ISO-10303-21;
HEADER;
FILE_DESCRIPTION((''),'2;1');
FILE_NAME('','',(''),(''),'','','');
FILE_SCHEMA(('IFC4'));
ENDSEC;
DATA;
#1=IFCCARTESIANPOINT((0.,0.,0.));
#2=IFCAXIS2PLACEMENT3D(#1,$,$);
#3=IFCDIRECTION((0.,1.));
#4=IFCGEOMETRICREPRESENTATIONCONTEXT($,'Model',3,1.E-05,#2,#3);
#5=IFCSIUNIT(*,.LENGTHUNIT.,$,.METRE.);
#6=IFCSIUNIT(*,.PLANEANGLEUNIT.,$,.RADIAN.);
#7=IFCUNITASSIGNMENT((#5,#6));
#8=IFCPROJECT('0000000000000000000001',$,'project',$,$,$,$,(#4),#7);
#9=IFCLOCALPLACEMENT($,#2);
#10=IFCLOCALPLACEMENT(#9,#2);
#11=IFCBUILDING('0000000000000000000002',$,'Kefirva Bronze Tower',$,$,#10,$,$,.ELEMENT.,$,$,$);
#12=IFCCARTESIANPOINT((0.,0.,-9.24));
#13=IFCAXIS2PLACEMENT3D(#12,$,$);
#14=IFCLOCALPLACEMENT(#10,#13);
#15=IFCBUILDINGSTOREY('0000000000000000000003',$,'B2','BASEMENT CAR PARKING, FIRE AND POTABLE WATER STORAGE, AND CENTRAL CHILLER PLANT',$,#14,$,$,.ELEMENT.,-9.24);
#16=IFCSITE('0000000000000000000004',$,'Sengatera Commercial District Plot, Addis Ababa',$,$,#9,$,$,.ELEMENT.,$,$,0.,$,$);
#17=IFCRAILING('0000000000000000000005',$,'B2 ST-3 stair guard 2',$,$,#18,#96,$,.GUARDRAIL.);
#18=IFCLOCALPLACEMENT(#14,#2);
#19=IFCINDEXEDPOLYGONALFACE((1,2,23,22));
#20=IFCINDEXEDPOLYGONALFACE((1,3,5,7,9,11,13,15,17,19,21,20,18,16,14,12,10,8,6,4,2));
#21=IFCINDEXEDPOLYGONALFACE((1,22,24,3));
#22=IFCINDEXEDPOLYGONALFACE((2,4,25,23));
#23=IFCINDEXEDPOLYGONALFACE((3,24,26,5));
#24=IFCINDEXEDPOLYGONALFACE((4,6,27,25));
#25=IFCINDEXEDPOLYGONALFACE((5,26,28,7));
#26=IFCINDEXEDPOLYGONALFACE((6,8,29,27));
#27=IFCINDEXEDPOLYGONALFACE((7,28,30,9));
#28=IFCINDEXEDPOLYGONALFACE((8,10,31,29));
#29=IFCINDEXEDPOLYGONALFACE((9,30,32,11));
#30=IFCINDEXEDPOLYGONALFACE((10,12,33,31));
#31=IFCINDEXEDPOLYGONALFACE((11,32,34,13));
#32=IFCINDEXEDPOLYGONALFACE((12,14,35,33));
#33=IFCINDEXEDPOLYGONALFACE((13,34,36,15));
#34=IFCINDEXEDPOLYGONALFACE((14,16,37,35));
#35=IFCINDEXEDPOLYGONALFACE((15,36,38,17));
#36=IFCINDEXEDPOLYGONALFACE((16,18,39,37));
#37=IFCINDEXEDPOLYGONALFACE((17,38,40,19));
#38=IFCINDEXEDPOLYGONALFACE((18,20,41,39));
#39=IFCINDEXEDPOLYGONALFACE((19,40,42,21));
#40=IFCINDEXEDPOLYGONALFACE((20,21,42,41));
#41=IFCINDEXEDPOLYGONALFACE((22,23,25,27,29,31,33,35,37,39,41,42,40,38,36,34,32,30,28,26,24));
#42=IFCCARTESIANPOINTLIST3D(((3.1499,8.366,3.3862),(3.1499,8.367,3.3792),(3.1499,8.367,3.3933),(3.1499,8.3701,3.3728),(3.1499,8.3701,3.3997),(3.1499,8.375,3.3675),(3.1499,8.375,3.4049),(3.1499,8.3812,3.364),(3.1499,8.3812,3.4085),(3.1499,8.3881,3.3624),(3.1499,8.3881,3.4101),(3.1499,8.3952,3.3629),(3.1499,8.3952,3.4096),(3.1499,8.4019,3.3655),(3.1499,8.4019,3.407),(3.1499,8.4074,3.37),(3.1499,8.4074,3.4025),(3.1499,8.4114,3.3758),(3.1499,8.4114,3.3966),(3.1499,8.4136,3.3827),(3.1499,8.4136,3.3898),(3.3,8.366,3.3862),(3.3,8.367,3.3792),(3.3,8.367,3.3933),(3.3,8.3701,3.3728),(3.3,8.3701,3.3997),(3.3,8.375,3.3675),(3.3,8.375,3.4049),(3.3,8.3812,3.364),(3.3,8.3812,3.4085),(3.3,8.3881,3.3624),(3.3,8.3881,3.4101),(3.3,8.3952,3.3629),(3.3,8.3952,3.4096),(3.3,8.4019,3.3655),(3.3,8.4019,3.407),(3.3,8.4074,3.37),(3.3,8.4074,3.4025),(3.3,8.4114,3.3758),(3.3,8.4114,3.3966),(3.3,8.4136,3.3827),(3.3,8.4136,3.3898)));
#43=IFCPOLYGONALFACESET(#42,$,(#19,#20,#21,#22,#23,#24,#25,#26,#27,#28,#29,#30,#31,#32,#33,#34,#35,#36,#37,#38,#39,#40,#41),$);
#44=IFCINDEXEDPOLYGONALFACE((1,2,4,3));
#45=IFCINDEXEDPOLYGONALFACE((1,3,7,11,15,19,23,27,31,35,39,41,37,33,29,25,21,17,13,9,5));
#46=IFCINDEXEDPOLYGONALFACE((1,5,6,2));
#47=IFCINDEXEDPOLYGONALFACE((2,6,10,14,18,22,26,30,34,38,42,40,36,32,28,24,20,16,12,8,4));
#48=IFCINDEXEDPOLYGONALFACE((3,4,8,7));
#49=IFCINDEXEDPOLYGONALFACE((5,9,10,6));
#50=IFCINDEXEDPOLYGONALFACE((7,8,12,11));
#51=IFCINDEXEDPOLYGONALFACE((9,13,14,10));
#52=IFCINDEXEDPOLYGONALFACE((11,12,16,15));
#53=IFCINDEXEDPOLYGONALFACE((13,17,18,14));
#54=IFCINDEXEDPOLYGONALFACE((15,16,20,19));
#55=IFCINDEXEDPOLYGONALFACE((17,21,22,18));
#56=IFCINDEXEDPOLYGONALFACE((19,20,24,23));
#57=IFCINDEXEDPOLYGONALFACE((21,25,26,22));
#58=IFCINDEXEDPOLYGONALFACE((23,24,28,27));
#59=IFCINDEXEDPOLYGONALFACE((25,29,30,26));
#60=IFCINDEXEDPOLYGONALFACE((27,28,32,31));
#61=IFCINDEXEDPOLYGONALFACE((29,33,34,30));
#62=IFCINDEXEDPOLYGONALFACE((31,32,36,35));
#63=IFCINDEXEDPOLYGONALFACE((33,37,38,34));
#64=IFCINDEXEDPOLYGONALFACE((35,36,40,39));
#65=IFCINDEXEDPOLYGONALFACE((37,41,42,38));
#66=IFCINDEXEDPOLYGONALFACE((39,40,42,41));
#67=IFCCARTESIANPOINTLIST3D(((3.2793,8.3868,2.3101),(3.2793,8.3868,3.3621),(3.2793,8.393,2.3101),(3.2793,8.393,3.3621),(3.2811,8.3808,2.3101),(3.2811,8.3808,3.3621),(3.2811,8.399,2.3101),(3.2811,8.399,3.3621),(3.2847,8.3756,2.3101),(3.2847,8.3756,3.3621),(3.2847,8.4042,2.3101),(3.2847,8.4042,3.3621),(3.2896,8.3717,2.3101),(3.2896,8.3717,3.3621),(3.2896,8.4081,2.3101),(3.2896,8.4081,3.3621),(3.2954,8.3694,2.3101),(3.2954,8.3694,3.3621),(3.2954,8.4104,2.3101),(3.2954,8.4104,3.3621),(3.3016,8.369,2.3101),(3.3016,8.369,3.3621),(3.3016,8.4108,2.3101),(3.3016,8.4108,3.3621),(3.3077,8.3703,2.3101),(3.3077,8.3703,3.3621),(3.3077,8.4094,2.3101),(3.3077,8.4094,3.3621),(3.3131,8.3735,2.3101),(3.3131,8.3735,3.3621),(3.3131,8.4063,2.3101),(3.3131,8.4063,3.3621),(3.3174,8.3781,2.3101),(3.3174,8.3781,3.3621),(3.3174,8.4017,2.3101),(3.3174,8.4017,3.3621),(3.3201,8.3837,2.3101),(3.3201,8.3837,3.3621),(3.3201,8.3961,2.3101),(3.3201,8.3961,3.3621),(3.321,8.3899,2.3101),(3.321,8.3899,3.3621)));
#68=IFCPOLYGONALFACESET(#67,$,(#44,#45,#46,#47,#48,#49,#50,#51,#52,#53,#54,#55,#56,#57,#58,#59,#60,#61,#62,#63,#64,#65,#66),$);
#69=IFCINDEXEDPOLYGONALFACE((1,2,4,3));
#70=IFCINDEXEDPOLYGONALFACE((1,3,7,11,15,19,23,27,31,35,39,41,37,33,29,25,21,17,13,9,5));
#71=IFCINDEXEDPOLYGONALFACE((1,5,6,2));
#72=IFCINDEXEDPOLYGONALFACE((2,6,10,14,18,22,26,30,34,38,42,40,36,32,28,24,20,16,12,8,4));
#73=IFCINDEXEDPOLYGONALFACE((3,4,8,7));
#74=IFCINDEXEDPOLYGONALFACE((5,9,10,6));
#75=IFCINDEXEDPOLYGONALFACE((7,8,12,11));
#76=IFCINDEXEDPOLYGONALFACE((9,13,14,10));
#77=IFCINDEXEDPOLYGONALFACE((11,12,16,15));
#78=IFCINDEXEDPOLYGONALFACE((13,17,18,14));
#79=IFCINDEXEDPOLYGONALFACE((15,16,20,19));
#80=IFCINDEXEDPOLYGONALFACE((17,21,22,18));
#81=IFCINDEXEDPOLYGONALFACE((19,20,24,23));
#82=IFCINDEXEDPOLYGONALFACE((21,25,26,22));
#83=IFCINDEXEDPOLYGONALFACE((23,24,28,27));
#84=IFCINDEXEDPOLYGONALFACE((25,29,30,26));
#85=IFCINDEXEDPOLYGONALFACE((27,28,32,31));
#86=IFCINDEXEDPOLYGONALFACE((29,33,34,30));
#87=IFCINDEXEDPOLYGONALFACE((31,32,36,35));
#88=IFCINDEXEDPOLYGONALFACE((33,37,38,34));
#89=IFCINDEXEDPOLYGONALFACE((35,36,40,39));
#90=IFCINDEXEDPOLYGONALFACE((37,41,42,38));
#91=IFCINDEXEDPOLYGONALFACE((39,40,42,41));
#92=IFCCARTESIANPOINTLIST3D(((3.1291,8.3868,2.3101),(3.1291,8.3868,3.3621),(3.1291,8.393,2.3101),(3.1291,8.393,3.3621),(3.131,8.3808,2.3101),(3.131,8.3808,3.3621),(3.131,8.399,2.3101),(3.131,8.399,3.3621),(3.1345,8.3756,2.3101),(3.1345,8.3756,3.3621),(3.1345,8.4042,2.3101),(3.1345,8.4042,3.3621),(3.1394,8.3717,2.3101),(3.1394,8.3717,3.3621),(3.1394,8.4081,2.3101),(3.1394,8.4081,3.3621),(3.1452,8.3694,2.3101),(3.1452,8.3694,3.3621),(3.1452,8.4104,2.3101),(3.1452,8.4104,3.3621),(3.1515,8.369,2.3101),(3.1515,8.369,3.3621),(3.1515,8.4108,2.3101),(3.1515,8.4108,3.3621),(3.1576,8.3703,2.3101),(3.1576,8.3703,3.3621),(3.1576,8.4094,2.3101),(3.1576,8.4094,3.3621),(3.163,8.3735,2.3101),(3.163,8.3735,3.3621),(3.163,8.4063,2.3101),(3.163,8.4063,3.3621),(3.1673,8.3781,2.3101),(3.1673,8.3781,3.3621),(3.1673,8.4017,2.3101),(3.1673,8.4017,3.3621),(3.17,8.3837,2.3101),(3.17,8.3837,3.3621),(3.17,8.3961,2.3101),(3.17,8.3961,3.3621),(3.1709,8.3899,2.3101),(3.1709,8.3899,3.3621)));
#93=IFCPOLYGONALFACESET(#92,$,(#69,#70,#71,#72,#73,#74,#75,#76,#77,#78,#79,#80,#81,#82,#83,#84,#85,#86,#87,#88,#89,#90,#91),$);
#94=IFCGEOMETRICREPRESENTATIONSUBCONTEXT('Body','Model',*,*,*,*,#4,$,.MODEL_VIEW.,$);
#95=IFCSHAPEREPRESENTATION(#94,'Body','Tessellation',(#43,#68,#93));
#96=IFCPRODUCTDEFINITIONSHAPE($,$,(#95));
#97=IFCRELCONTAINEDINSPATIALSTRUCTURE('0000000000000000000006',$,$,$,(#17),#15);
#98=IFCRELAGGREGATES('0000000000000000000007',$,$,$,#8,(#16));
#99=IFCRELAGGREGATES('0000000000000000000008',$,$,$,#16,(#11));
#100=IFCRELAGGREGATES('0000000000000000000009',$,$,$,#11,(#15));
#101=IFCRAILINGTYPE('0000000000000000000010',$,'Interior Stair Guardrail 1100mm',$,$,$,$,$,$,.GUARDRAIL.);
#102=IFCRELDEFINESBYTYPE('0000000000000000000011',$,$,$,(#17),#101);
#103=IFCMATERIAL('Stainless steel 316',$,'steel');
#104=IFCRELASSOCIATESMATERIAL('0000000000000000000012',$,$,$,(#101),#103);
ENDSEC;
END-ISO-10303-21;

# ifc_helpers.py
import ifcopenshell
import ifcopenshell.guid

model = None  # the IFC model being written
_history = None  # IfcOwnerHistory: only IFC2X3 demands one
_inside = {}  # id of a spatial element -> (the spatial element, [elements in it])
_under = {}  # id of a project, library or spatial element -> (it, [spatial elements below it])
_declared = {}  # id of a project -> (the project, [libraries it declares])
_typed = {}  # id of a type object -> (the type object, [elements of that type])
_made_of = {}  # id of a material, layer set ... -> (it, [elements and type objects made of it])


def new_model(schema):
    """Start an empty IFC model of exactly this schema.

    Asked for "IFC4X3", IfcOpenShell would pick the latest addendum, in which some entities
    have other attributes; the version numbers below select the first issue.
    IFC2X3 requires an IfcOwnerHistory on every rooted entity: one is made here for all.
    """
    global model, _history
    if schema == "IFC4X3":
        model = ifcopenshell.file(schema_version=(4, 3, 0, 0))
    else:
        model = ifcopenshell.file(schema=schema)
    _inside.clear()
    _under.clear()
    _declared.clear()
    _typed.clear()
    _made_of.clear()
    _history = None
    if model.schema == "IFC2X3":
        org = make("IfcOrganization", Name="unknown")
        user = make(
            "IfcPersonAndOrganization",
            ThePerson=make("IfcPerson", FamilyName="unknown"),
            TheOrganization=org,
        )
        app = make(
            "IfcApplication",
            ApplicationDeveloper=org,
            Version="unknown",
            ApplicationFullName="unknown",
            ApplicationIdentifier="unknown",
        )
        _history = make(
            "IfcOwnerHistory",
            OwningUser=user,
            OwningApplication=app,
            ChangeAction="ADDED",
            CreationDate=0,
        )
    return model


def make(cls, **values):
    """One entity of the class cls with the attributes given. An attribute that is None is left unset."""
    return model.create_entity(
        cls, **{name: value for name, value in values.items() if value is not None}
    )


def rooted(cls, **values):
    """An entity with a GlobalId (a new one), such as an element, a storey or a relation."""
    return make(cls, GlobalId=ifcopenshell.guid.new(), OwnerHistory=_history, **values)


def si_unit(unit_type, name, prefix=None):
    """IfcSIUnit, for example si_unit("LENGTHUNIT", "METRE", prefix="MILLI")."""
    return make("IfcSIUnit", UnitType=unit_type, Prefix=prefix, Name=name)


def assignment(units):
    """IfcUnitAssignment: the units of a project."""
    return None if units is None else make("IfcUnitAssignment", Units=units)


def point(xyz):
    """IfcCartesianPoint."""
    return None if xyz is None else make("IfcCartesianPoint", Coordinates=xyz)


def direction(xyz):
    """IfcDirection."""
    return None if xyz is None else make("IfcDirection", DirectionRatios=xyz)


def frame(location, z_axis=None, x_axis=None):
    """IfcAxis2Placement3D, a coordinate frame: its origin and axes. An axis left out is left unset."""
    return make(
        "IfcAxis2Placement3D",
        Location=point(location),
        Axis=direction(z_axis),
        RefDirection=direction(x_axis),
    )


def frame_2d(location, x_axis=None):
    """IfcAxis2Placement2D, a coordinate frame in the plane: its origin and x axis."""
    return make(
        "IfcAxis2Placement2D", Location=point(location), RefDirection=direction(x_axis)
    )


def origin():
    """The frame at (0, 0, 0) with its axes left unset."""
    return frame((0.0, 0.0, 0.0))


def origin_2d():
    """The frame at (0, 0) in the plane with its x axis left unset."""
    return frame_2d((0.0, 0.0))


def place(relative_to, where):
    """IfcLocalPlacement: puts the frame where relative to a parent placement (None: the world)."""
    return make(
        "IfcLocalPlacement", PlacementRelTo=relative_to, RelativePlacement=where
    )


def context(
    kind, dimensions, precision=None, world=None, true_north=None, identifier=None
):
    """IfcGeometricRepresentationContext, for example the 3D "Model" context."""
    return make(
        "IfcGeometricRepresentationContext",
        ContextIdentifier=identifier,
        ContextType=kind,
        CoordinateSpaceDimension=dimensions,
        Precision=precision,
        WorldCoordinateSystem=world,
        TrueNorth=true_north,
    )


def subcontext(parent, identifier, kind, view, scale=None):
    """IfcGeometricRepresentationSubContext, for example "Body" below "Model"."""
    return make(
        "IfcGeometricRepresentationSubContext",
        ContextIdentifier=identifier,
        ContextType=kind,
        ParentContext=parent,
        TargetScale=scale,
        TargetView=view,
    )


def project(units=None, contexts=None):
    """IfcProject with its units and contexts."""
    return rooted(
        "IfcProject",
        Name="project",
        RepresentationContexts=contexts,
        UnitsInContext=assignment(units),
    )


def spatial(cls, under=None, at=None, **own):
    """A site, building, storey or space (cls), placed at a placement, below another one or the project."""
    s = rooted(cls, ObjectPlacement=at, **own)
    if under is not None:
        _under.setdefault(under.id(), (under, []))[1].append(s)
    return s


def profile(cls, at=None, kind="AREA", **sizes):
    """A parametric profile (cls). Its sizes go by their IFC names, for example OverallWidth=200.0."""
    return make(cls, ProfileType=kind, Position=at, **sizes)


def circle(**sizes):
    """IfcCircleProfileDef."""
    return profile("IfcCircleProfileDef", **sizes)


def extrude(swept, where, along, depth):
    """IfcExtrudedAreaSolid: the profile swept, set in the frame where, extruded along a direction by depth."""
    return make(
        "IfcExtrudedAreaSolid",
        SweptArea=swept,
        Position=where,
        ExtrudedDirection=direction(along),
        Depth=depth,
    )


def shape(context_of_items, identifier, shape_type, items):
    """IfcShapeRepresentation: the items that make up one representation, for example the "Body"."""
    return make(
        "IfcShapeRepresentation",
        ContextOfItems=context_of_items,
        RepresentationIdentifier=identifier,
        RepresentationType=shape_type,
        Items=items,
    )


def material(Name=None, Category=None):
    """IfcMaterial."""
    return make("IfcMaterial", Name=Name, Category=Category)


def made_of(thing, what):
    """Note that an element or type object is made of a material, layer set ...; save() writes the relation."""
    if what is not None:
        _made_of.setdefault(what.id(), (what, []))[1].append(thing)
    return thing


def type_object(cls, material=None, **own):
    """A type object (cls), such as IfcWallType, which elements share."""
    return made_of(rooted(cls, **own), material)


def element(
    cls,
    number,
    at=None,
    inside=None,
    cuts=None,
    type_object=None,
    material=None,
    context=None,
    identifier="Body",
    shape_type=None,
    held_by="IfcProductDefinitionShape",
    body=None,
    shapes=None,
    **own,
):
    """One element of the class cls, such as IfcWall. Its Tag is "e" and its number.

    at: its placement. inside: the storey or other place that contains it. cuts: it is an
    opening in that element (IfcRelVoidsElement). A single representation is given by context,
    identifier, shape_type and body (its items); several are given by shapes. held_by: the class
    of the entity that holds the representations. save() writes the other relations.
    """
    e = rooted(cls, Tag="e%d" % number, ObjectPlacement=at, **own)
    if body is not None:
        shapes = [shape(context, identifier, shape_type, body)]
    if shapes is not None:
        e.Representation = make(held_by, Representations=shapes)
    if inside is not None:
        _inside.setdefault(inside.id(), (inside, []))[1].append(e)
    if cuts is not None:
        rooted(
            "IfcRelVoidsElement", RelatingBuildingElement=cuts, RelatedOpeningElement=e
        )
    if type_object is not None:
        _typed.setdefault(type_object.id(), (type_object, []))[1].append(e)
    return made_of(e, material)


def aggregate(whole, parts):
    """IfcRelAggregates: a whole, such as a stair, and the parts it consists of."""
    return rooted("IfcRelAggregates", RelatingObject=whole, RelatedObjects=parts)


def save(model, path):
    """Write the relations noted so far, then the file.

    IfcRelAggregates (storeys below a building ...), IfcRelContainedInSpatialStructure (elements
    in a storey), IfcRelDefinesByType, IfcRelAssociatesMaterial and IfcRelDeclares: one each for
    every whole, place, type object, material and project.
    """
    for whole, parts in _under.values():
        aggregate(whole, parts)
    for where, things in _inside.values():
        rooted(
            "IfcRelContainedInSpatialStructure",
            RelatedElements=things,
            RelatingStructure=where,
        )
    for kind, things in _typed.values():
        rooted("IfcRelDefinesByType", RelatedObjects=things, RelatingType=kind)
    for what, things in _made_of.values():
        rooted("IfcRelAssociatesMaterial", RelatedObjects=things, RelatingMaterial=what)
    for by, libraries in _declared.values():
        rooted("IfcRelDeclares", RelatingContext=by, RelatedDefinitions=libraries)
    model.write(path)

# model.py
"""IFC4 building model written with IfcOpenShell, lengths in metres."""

from ifc_helpers import new_model, si_unit, direction, frame, origin, origin_2d, place, context, subcontext, project, spatial, circle, extrude, material, type_object, element, save


model = new_model("IFC4")

# Units and contexts
model_context = context("Model", 3, precision=1e-05, world=origin(), true_north=direction((0.0, 1.0)))
body_context = subcontext(model_context, "Body", "Model", "MODEL_VIEW")
ifc_project = project(units=[si_unit("LENGTHUNIT", "METRE"), si_unit("PLANEANGLEUNIT", "RADIAN")], contexts=[model_context])

# Site, building, storey
site_placement = place(None, origin())
site = spatial("IfcSite", under=ifc_project, at=site_placement, Name="Sengatera Commercial District Plot, Addis Ababa", CompositionType="ELEMENT", RefElevation=0.0)
building_placement = place(site_placement, origin())
building = spatial("IfcBuilding", under=site, at=building_placement, Name="Kefirva Bronze Tower", CompositionType="ELEMENT")
storey_placement = place(building_placement, frame((0.0, 0.0, -9.24)))
storey = spatial("IfcBuildingStorey", under=building, at=storey_placement, Name="B2", Description="BASEMENT CAR PARKING, FIRE AND POTABLE WATER STORAGE, AND CENTRAL CHILLER PLANT", CompositionType="ELEMENT", Elevation=-9.24)

# Railing
ifc_material_1 = material(Name="Stainless steel 316", Category="steel")
railing_type_1 = type_object("IfcRailingType", Name="Interior Stair Guardrail 1100mm", PredefinedType="GUARDRAIL", material=ifc_material_1)
railing_1_placement = place(storey_placement, frame((3.3, 8.3899, 2.3101)))
element("IfcRailing", 1, at=railing_1_placement, inside=storey, type_object=railing_type_1, Name="B2 ST-3 stair guard 2", PredefinedType="GUARDRAIL", context=body_context, shape_type="SweptSolid", body=[
    extrude(circle(Radius=0.0239, at=origin_2d()), frame((0.0, 0.0, 1.0762), z_axis=(-1.0, 0.0, 0.0), x_axis=(0.0, -1.0, 0.0)), (0.0, 0.0, 1.0), 0.1501),
    extrude(circle(Radius=0.021, at=origin_2d()), origin(), (0.0, 0.0, 1.0), 1.052),
    extrude(circle(Radius=0.021, at=origin_2d()), frame((-0.1501, 0.0, 0.0)), (0.0, 0.0, 1.0), 1.052),
])

save(model, "model.ifc")
